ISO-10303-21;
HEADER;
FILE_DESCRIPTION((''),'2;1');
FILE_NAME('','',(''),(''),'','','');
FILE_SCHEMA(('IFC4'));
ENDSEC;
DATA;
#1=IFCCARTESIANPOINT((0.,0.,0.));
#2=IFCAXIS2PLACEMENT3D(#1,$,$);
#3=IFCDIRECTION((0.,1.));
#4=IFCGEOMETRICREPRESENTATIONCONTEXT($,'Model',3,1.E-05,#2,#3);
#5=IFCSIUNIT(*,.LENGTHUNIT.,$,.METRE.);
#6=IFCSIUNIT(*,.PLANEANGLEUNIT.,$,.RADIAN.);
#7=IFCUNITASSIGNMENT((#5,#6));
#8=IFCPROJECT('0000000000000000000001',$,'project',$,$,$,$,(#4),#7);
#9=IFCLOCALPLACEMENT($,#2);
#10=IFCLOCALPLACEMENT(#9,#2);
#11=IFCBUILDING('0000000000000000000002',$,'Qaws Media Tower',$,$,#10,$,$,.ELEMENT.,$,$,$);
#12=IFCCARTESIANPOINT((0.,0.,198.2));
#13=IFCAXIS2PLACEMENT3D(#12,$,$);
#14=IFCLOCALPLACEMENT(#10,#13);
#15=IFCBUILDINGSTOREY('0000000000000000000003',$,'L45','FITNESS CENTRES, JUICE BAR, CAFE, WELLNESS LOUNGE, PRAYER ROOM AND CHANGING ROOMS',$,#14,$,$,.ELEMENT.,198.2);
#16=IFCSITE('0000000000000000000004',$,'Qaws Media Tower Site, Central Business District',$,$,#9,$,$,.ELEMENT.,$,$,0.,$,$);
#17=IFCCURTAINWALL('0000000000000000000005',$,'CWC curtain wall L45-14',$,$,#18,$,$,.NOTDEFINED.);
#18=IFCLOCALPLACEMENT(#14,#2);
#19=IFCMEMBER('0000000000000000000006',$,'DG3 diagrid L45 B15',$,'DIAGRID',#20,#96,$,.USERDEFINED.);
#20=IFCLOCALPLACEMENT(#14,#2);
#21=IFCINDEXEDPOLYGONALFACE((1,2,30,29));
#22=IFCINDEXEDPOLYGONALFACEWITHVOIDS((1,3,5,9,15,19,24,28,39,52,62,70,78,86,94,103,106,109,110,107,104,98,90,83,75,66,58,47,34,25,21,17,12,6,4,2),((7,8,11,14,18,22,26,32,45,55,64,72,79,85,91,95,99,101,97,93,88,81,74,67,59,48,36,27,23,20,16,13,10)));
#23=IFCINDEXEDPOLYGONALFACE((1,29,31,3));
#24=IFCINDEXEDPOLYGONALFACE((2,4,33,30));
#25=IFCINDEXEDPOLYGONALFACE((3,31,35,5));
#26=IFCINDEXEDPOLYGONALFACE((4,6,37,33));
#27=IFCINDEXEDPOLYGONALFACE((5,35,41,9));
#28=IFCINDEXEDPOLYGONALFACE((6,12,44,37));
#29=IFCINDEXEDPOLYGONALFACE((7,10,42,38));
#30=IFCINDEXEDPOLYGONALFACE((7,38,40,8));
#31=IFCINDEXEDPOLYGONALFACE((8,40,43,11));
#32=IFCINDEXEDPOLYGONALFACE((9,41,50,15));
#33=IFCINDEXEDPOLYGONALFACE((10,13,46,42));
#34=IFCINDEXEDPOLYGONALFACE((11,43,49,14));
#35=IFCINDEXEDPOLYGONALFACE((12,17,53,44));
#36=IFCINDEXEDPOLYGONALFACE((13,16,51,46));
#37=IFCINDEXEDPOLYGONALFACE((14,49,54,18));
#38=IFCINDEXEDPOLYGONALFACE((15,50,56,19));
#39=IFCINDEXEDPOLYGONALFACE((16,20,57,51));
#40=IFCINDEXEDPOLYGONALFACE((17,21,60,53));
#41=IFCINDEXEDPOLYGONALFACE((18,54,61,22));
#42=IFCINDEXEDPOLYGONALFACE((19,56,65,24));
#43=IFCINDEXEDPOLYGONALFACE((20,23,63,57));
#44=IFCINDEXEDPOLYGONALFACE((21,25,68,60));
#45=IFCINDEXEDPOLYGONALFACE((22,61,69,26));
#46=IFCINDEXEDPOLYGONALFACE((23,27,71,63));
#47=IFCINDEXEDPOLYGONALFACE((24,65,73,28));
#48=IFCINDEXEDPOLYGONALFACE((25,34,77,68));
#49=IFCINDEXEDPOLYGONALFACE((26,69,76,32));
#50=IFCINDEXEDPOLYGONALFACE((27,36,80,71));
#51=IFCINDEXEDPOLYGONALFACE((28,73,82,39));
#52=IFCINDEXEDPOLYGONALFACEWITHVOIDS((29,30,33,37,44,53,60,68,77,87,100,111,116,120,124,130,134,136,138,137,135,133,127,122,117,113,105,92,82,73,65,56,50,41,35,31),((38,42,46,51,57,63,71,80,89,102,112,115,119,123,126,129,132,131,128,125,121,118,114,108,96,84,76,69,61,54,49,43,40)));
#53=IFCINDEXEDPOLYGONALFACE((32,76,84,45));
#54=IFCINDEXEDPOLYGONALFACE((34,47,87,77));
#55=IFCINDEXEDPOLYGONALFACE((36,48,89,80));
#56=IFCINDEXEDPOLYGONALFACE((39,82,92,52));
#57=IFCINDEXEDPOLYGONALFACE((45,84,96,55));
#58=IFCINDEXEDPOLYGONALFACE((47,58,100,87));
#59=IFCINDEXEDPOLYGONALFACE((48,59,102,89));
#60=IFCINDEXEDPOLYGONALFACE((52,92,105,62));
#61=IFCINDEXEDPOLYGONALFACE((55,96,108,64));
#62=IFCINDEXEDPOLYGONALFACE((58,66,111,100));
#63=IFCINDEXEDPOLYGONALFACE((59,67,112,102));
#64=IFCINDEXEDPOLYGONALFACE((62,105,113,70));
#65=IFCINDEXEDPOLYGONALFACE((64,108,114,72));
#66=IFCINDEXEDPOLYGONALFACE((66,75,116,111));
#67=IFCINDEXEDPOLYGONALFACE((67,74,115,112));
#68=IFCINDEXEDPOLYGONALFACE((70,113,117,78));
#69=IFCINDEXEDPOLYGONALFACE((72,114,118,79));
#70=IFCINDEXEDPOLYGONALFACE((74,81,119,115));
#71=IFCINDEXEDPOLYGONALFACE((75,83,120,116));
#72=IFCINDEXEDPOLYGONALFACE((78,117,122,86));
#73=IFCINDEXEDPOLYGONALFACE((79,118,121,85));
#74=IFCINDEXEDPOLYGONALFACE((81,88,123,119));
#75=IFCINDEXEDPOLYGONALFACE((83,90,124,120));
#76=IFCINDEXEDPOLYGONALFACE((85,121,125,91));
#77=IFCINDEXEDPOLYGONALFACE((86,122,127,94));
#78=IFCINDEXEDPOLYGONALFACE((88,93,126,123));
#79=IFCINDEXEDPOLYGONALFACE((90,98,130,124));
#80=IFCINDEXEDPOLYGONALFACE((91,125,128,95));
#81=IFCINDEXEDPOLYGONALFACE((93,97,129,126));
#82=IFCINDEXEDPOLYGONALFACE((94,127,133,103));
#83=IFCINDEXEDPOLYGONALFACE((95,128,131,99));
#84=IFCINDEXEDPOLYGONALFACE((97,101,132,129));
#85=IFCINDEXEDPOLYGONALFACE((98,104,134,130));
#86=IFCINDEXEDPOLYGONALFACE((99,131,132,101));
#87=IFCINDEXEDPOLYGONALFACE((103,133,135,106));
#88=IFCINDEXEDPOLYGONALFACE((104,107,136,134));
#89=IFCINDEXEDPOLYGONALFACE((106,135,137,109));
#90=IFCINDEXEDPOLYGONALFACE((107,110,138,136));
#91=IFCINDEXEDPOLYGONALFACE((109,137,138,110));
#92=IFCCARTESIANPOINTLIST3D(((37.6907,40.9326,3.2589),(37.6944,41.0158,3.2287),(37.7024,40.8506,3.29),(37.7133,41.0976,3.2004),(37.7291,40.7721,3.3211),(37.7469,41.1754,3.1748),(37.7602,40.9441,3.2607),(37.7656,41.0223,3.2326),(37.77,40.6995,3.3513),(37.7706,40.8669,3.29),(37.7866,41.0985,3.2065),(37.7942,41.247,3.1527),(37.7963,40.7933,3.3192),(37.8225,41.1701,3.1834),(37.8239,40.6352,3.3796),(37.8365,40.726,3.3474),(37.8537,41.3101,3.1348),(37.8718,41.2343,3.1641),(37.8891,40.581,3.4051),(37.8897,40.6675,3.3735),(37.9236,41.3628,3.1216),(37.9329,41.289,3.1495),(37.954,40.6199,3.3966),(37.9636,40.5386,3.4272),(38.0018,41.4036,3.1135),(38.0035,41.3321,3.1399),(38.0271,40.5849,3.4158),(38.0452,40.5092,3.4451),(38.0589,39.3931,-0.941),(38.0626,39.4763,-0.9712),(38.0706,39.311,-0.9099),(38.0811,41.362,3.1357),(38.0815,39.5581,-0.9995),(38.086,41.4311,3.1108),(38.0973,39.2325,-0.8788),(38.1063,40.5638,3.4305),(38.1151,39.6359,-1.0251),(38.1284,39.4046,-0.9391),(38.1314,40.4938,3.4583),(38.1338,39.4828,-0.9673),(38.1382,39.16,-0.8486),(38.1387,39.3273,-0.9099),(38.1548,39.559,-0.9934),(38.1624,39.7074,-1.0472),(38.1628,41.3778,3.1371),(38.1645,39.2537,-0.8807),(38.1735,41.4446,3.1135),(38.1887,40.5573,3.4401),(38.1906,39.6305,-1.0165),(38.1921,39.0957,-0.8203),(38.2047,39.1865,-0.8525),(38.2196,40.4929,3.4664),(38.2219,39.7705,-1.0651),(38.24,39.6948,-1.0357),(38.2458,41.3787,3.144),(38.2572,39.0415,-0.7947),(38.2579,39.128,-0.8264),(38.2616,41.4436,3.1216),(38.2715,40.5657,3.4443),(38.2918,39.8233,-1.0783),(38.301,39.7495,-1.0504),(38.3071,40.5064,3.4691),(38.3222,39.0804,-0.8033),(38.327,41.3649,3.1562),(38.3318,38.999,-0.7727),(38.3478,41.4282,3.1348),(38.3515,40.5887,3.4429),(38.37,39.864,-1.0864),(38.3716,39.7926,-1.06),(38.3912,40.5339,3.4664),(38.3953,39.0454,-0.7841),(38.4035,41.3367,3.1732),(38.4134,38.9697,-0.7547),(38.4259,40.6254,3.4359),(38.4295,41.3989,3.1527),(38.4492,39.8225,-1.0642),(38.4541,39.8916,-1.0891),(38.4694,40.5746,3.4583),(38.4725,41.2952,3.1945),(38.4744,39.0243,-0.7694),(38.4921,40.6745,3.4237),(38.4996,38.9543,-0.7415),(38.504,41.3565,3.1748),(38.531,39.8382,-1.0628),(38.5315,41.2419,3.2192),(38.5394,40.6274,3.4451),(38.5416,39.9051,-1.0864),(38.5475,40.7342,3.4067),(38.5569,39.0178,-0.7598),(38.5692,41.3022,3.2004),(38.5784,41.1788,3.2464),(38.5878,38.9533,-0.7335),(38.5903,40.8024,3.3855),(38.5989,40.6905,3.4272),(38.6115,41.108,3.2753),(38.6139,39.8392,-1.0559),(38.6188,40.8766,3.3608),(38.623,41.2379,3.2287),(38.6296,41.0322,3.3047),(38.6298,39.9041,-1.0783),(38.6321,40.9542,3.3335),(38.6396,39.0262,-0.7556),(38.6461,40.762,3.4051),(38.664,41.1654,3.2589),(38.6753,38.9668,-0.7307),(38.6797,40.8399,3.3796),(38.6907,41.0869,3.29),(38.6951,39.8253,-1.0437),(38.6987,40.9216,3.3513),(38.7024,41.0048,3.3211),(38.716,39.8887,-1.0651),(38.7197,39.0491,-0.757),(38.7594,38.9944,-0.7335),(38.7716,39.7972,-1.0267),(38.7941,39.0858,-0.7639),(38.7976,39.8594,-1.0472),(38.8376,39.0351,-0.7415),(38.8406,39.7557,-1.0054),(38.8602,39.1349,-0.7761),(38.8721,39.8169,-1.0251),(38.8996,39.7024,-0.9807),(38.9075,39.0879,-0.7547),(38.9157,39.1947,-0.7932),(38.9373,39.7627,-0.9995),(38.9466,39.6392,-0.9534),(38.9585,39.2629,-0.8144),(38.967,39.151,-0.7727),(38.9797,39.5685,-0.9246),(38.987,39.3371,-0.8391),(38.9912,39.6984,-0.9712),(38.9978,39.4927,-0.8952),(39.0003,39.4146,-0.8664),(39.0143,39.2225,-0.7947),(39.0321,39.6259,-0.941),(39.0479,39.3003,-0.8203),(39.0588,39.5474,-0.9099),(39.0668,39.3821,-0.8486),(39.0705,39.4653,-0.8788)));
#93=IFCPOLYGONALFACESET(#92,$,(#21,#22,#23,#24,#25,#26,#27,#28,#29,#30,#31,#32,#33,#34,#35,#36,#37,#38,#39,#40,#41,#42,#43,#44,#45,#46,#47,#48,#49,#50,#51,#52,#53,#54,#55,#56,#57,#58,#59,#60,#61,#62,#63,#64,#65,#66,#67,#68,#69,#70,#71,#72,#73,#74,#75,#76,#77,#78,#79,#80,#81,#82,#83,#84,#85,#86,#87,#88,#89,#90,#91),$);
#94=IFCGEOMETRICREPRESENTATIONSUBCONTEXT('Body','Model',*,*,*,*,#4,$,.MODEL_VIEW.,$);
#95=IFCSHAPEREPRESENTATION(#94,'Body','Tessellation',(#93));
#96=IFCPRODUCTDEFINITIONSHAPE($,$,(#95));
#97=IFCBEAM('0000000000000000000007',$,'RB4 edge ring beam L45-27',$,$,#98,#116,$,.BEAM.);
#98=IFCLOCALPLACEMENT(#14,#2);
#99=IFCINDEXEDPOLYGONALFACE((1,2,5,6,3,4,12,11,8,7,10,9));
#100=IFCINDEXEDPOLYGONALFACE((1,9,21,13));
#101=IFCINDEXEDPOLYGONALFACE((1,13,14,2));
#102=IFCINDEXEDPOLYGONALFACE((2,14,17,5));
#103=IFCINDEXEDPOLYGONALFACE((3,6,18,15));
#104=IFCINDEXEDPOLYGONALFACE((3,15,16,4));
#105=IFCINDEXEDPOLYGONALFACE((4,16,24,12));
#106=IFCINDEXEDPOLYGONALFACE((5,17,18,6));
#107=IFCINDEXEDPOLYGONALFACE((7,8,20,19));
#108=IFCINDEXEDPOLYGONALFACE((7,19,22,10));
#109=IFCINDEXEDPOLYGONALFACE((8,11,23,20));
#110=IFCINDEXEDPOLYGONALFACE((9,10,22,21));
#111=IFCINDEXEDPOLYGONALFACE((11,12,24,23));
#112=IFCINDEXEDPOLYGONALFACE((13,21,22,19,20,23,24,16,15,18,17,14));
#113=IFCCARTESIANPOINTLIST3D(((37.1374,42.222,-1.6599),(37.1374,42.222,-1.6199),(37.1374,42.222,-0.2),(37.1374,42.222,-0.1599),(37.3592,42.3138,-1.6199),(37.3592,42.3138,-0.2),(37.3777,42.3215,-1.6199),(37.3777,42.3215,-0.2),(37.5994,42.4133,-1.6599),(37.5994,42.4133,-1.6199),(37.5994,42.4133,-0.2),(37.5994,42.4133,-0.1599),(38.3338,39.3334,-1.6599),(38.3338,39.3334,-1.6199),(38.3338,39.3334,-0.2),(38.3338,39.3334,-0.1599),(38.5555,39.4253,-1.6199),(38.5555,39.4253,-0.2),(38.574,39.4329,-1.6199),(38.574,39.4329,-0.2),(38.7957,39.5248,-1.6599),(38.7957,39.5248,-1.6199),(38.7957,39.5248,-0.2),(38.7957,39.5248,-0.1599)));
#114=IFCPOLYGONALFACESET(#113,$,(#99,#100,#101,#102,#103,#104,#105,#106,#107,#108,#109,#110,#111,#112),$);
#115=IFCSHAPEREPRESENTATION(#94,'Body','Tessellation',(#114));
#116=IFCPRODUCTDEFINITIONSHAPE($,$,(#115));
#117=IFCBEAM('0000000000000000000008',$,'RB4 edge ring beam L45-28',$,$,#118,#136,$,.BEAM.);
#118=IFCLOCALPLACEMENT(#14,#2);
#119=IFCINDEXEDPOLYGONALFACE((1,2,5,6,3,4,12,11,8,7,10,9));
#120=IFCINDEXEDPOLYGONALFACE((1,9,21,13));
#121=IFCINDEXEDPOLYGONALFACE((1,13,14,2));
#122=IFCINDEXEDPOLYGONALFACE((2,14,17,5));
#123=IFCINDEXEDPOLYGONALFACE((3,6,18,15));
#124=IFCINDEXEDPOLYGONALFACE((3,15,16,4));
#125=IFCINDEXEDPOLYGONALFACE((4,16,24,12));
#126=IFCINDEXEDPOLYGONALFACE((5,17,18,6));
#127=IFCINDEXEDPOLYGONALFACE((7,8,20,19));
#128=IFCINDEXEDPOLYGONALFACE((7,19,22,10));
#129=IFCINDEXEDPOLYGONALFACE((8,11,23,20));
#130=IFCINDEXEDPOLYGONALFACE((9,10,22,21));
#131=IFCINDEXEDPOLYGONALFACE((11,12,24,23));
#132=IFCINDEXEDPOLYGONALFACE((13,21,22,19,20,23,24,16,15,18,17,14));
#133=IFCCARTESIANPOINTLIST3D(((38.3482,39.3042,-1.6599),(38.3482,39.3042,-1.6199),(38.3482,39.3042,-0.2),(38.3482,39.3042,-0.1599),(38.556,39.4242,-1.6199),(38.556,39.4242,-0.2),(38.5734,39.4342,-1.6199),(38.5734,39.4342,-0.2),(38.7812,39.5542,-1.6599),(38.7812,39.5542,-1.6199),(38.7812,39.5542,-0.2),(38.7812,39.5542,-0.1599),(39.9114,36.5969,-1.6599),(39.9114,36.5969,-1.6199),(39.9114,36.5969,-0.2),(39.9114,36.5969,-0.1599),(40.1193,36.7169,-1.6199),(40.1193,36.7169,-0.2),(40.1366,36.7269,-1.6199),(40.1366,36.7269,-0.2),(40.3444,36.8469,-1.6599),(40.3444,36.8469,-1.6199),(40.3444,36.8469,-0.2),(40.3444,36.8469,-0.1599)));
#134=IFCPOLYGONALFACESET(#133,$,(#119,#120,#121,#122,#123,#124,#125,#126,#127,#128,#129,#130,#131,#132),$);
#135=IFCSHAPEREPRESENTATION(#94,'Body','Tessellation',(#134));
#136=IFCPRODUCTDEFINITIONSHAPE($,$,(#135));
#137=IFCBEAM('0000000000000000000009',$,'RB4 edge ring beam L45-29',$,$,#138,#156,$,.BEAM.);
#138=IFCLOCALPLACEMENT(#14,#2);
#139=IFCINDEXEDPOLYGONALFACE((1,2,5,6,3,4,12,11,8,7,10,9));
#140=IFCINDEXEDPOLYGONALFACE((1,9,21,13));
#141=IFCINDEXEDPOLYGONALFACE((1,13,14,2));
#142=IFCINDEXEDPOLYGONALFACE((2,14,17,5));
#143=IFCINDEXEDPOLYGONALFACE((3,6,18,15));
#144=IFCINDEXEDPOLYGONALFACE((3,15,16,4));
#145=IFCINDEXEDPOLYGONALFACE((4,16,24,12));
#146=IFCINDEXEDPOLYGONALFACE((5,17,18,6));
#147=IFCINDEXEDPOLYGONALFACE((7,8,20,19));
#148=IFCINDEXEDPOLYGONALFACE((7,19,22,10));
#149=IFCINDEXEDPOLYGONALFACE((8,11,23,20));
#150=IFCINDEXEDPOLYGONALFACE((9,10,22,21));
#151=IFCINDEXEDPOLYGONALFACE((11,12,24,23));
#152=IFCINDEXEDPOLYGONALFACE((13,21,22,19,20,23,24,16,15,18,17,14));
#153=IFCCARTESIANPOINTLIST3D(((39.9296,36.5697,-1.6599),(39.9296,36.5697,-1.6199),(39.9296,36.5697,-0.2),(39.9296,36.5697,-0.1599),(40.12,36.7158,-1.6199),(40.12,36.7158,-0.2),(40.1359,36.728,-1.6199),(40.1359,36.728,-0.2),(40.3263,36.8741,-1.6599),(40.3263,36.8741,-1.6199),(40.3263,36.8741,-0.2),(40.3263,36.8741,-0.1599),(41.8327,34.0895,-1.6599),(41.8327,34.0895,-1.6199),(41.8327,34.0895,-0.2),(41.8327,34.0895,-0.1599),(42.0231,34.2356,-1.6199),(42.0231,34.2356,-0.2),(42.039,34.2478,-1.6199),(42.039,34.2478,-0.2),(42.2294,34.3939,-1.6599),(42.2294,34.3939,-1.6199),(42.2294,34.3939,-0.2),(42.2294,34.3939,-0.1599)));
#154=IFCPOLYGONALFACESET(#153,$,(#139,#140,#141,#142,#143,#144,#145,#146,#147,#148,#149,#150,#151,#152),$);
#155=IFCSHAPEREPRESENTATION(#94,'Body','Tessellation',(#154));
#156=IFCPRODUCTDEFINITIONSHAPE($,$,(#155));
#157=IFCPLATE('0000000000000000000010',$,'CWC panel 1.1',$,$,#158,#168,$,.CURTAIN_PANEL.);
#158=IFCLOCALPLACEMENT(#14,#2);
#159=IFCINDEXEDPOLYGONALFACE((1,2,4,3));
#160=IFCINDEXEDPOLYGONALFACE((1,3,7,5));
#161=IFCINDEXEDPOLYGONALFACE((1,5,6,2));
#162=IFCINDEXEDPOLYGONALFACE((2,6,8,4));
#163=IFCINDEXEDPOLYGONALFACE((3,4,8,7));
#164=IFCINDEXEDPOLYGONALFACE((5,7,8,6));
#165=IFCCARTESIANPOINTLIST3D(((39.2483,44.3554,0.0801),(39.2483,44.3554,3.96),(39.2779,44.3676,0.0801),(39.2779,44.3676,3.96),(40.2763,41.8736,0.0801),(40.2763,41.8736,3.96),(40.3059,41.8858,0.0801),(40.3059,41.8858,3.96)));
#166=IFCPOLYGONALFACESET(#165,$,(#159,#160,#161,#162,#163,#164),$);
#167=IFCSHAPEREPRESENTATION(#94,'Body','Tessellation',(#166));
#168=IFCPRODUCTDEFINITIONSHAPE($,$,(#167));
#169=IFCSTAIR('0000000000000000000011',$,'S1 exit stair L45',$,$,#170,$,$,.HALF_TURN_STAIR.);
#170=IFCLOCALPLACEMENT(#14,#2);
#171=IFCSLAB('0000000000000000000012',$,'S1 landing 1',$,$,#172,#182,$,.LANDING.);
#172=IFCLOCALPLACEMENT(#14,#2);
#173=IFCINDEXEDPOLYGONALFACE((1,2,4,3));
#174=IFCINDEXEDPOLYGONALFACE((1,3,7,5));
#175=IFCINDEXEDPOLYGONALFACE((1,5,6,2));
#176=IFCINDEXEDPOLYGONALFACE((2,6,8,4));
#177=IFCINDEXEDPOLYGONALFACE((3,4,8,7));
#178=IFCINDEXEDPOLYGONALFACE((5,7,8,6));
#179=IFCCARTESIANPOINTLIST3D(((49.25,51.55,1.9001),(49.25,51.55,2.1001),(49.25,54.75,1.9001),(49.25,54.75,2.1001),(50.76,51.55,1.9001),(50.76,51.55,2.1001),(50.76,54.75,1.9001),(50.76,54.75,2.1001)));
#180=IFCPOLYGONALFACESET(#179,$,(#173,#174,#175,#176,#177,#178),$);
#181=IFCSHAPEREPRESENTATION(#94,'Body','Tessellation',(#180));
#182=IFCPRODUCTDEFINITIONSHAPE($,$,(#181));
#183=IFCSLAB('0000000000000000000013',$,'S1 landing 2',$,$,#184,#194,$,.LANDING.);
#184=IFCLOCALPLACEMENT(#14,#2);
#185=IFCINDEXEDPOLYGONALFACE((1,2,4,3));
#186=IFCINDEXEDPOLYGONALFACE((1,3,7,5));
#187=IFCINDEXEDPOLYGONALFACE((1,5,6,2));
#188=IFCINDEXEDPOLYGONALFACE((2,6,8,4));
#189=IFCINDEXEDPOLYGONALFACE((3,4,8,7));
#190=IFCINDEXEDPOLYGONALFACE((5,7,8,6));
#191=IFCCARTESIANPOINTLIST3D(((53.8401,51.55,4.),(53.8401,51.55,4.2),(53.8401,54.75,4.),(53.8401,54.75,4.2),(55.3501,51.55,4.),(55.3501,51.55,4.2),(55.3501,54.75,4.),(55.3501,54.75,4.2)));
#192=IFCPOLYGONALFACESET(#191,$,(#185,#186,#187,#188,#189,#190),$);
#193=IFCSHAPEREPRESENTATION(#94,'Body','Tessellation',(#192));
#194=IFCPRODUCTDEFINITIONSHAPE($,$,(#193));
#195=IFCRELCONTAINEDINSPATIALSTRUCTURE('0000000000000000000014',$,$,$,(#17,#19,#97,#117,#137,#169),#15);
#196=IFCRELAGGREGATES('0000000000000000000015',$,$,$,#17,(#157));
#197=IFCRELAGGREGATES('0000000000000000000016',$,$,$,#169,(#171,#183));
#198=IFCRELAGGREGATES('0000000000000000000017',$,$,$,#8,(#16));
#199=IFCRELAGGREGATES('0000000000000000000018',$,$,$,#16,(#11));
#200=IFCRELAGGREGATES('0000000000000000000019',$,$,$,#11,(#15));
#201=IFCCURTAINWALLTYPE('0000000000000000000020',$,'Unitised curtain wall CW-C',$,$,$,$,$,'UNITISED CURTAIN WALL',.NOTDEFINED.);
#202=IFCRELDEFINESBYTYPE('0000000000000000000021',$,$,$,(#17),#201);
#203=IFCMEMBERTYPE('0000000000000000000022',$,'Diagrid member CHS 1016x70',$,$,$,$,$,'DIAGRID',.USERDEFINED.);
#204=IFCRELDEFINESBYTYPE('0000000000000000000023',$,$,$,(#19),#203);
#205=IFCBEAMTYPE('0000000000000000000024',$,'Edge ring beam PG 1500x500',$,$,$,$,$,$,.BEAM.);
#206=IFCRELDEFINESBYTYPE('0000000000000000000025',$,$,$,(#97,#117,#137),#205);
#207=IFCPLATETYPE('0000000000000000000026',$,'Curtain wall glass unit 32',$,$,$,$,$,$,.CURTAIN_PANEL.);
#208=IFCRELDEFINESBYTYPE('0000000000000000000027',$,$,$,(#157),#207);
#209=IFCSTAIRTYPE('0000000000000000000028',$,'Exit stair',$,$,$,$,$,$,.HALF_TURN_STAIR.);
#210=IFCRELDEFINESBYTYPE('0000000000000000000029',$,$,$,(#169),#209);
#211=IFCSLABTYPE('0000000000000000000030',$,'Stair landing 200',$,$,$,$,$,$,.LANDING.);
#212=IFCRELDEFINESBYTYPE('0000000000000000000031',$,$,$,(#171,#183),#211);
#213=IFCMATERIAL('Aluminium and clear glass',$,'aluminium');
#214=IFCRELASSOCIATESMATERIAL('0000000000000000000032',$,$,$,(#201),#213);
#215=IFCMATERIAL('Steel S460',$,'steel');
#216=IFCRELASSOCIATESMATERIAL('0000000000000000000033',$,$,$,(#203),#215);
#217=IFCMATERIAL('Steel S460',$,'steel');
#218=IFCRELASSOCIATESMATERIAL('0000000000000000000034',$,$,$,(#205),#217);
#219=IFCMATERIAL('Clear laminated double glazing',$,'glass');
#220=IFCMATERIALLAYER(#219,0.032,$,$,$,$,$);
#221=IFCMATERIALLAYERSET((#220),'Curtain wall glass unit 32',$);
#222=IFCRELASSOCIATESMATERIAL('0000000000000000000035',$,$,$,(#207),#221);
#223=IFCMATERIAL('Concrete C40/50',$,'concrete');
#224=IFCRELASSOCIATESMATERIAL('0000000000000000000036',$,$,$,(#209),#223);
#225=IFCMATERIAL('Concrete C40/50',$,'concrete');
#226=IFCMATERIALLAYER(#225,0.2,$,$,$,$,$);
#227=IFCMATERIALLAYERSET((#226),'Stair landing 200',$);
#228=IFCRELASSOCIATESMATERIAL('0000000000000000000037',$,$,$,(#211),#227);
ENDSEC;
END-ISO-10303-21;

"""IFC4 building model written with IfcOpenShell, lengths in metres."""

from ifc_helpers import new_model, si_unit, direction, frame, origin, origin_2d, place, context, subcontext, project, spatial, polyline, rectangle, hollow_circle, i_section, outline, extrude, material, layer, layer_set, material_profile, profile_set, type_object, element, aggregate, save


model = new_model("IFC4")

# Units and contexts
model_context = context("Model", 3, precision=1e-05, world=origin(), true_north=direction((0.0, 1.0)))
body_context = subcontext(model_context, "Body", "Model", "MODEL_VIEW")
ifc_project = project(units=[si_unit("LENGTHUNIT", "METRE"), si_unit("PLANEANGLEUNIT", "RADIAN")], contexts=[model_context])

# Site, building, storey
site_placement = place(None, origin())
site = spatial("IfcSite", under=ifc_project, at=site_placement, Name="Qaws Media Tower Site, Central Business District", CompositionType="ELEMENT", RefElevation=0.0)
building_placement = place(site_placement, origin())
building = spatial("IfcBuilding", under=site, at=building_placement, Name="Qaws Media Tower", CompositionType="ELEMENT")
storey_placement = place(building_placement, frame((0.0, 0.0, 198.2)))
storey = spatial("IfcBuildingStorey", under=building, at=storey_placement, Name="L45", Description="FITNESS CENTRES, JUICE BAR, CAFE, WELLNESS LOUNGE, PRAYER ROOM AND CHANGING ROOMS", CompositionType="ELEMENT", Elevation=198.2)

# Curtain wall
ifc_material_1 = material(Name="Aluminium and clear glass", Category="aluminium")
curtain_wall_type = type_object("IfcCurtainWallType", Name="Unitised curtain wall CW-C", ElementType="UNITISED CURTAIN WALL", PredefinedType="NOTDEFINED", material=ifc_material_1)
curtain_wall_placement = place(storey_placement, origin())
curtain_wall = element("IfcCurtainWall", 1, at=curtain_wall_placement, inside=storey, type_object=curtain_wall_type, Name="CWC curtain wall L45-14", PredefinedType="NOTDEFINED")

# Member
ifc_material_2 = material(Name="Steel S460", Category="steel")
ifc_material_profile_1 = material_profile(ifc_material_2, hollow_circle(Radius=0.5081, WallThickness=0.0701, at=origin_2d()), Name="CHS 1016x70")
ifc_profile_set_1 = profile_set([ifc_material_profile_1], Name="Steel S460")
member_type_1 = type_object("IfcMemberType", Name="Diagrid member CHS 1016x70", ElementType="DIAGRID", PredefinedType="USERDEFINED", material=ifc_profile_set_1)
for number, where, z_axis, x_axis, name in (
    (2, (38.5647, 39.4292, -0.9099), (-0.082026, 0.34301, 0.935744), (-0.972577, -0.23258, 0.0), "DG3 diagrid L45 B15"),
):
    element("IfcMember", number, at=place(storey_placement, frame(where, z_axis=z_axis, x_axis=x_axis)), inside=storey, type_object=member_type_1, Name=name, ObjectType="DIAGRID", PredefinedType="USERDEFINED", context=body_context, shape_type="SweptSolid", body=[
        extrude(hollow_circle(Radius=0.5081, WallThickness=0.0701, at=origin_2d()), origin(), (0.0, 0.0, 1.0), 4.4883),
    ])

# Beams
ifc_material_3 = material(Name="Steel S460", Category="steel")
ifc_material_profile_2 = material_profile(ifc_material_3, i_section(OverallWidth=0.5, OverallDepth=1.5, WebThickness=0.02, FlangeThickness=0.04, at=origin_2d()), Name="PG 1500x500")
ifc_profile_set_2 = profile_set([ifc_material_profile_2], Name="Steel S460")
beam_type = type_object("IfcBeamType", Name="Edge ring beam PG 1500x500", PredefinedType="BEAM", material=ifc_profile_set_2)
beam_placement = place(storey_placement, frame((37.3684, 42.3176, -0.9099), z_axis=(0.382646, -0.923895, 0.0), x_axis=(0.923895, 0.382646, 0.0)))
element("IfcBeam", 3, at=beam_placement, inside=storey, type_object=beam_type, Name="RB4 edge ring beam L45-27", PredefinedType="BEAM", context=body_context, shape_type="SweptSolid", body=[
    extrude(i_section(OverallWidth=0.5, OverallDepth=1.5, WebThickness=0.02, FlangeThickness=0.04, at=origin_2d()), origin(), (0.0, 0.0, 1.0), 3.1265),
])
for number, where, z_axis, x_axis, name in (
    (4, (38.5647, 39.4292, -0.9099), (0.500045, -0.866, 0.0), (0.866, 0.500045, 0.0), "RB4 edge ring beam L45-28"),
    (5, (40.1279, 36.7219, -0.9099), (0.608748, -0.793364, 0.0), (0.793364, 0.608748, 0.0), "RB4 edge ring beam L45-29"),
):
    element("IfcBeam", number, at=place(storey_placement, frame(where, z_axis=z_axis, x_axis=x_axis)), inside=storey, type_object=beam_type, Name=name, PredefinedType="BEAM", context=body_context, shape_type="SweptSolid", body=[
        extrude(i_section(OverallWidth=0.5, OverallDepth=1.5, WebThickness=0.02, FlangeThickness=0.04, at=origin_2d()), origin(), (0.0, 0.0, 1.0), 3.1262),
    ])

# Plate
ifc_material_4 = material(Name="Clear laminated double glazing", Category="glass")
ifc_layer_1 = layer(ifc_material_4, 0.032)
ifc_layer_set_1 = layer_set([ifc_layer_1], Name="Curtain wall glass unit 32")
plate_type = type_object("IfcPlateType", Name="Curtain wall glass unit 32", PredefinedType="CURTAIN_PANEL", material=ifc_layer_set_1)
plate_placement = place(storey_placement, frame((39.7771, 43.1206, 0.0801), z_axis=(0.0, 0.0, 1.0), x_axis=(0.382683, -0.92388, 0.0)))
plate = element("IfcPlate", 6, at=plate_placement, type_object=plate_type, Name="CWC panel 1.1", PredefinedType="CURTAIN_PANEL", context=body_context, shape_type="SweptSolid", body=[
    extrude(rectangle(XDim=2.6863, YDim=0.032, at=origin_2d()), origin(), (0.0, 0.0, 1.0), 3.8799),
])
aggregate(curtain_wall, [plate])

# Stair, slabs
ifc_material_5 = material(Name="Concrete C40/50", Category="concrete")
stair_type = type_object("IfcStairType", Name="Exit stair", PredefinedType="HALF_TURN_STAIR", material=ifc_material_5)
stair_1_placement = place(storey_placement, origin())
stair_1 = element("IfcStair", 7, at=stair_1_placement, inside=storey, type_object=stair_type, Name="S1 exit stair L45", PredefinedType="HALF_TURN_STAIR")
ifc_material_6 = material(Name="Concrete C40/50", Category="concrete")
ifc_layer_2 = layer(ifc_material_6, 0.2)
ifc_layer_set_2 = layer_set([ifc_layer_2], Name="Stair landing 200")
slab_type = type_object("IfcSlabType", Name="Stair landing 200", PredefinedType="LANDING", material=ifc_layer_set_2)
slab_1_placement = place(storey_placement, frame((0.0, 0.0, 1.9001)))
slab_1 = element("IfcSlab", 8, at=slab_1_placement, type_object=slab_type, Name="S1 landing 1", PredefinedType="LANDING", context=body_context, shape_type="SweptSolid", body=[
    extrude(outline(polyline([(49.25, 51.55), (50.76, 51.55), (50.76, 54.75), (49.25, 54.75), (49.25, 51.55)])), origin(), (0.0, 0.0, 1.0), 0.2),
])
slab_2_placement = place(storey_placement, frame((0.0, 0.0, 4.0)))
slab_2 = element("IfcSlab", 9, at=slab_2_placement, type_object=slab_type, Name="S1 landing 2", PredefinedType="LANDING", context=body_context, shape_type="SweptSolid", body=[
    extrude(outline(polyline([(53.8401, 51.55), (55.3501, 51.55), (55.3501, 54.75), (53.8401, 54.75), (53.8401, 51.55)])), origin(), (0.0, 0.0, 1.0), 0.2),
])
aggregate(stair_1, [slab_1, slab_2])

save(model, "model.ifc")
